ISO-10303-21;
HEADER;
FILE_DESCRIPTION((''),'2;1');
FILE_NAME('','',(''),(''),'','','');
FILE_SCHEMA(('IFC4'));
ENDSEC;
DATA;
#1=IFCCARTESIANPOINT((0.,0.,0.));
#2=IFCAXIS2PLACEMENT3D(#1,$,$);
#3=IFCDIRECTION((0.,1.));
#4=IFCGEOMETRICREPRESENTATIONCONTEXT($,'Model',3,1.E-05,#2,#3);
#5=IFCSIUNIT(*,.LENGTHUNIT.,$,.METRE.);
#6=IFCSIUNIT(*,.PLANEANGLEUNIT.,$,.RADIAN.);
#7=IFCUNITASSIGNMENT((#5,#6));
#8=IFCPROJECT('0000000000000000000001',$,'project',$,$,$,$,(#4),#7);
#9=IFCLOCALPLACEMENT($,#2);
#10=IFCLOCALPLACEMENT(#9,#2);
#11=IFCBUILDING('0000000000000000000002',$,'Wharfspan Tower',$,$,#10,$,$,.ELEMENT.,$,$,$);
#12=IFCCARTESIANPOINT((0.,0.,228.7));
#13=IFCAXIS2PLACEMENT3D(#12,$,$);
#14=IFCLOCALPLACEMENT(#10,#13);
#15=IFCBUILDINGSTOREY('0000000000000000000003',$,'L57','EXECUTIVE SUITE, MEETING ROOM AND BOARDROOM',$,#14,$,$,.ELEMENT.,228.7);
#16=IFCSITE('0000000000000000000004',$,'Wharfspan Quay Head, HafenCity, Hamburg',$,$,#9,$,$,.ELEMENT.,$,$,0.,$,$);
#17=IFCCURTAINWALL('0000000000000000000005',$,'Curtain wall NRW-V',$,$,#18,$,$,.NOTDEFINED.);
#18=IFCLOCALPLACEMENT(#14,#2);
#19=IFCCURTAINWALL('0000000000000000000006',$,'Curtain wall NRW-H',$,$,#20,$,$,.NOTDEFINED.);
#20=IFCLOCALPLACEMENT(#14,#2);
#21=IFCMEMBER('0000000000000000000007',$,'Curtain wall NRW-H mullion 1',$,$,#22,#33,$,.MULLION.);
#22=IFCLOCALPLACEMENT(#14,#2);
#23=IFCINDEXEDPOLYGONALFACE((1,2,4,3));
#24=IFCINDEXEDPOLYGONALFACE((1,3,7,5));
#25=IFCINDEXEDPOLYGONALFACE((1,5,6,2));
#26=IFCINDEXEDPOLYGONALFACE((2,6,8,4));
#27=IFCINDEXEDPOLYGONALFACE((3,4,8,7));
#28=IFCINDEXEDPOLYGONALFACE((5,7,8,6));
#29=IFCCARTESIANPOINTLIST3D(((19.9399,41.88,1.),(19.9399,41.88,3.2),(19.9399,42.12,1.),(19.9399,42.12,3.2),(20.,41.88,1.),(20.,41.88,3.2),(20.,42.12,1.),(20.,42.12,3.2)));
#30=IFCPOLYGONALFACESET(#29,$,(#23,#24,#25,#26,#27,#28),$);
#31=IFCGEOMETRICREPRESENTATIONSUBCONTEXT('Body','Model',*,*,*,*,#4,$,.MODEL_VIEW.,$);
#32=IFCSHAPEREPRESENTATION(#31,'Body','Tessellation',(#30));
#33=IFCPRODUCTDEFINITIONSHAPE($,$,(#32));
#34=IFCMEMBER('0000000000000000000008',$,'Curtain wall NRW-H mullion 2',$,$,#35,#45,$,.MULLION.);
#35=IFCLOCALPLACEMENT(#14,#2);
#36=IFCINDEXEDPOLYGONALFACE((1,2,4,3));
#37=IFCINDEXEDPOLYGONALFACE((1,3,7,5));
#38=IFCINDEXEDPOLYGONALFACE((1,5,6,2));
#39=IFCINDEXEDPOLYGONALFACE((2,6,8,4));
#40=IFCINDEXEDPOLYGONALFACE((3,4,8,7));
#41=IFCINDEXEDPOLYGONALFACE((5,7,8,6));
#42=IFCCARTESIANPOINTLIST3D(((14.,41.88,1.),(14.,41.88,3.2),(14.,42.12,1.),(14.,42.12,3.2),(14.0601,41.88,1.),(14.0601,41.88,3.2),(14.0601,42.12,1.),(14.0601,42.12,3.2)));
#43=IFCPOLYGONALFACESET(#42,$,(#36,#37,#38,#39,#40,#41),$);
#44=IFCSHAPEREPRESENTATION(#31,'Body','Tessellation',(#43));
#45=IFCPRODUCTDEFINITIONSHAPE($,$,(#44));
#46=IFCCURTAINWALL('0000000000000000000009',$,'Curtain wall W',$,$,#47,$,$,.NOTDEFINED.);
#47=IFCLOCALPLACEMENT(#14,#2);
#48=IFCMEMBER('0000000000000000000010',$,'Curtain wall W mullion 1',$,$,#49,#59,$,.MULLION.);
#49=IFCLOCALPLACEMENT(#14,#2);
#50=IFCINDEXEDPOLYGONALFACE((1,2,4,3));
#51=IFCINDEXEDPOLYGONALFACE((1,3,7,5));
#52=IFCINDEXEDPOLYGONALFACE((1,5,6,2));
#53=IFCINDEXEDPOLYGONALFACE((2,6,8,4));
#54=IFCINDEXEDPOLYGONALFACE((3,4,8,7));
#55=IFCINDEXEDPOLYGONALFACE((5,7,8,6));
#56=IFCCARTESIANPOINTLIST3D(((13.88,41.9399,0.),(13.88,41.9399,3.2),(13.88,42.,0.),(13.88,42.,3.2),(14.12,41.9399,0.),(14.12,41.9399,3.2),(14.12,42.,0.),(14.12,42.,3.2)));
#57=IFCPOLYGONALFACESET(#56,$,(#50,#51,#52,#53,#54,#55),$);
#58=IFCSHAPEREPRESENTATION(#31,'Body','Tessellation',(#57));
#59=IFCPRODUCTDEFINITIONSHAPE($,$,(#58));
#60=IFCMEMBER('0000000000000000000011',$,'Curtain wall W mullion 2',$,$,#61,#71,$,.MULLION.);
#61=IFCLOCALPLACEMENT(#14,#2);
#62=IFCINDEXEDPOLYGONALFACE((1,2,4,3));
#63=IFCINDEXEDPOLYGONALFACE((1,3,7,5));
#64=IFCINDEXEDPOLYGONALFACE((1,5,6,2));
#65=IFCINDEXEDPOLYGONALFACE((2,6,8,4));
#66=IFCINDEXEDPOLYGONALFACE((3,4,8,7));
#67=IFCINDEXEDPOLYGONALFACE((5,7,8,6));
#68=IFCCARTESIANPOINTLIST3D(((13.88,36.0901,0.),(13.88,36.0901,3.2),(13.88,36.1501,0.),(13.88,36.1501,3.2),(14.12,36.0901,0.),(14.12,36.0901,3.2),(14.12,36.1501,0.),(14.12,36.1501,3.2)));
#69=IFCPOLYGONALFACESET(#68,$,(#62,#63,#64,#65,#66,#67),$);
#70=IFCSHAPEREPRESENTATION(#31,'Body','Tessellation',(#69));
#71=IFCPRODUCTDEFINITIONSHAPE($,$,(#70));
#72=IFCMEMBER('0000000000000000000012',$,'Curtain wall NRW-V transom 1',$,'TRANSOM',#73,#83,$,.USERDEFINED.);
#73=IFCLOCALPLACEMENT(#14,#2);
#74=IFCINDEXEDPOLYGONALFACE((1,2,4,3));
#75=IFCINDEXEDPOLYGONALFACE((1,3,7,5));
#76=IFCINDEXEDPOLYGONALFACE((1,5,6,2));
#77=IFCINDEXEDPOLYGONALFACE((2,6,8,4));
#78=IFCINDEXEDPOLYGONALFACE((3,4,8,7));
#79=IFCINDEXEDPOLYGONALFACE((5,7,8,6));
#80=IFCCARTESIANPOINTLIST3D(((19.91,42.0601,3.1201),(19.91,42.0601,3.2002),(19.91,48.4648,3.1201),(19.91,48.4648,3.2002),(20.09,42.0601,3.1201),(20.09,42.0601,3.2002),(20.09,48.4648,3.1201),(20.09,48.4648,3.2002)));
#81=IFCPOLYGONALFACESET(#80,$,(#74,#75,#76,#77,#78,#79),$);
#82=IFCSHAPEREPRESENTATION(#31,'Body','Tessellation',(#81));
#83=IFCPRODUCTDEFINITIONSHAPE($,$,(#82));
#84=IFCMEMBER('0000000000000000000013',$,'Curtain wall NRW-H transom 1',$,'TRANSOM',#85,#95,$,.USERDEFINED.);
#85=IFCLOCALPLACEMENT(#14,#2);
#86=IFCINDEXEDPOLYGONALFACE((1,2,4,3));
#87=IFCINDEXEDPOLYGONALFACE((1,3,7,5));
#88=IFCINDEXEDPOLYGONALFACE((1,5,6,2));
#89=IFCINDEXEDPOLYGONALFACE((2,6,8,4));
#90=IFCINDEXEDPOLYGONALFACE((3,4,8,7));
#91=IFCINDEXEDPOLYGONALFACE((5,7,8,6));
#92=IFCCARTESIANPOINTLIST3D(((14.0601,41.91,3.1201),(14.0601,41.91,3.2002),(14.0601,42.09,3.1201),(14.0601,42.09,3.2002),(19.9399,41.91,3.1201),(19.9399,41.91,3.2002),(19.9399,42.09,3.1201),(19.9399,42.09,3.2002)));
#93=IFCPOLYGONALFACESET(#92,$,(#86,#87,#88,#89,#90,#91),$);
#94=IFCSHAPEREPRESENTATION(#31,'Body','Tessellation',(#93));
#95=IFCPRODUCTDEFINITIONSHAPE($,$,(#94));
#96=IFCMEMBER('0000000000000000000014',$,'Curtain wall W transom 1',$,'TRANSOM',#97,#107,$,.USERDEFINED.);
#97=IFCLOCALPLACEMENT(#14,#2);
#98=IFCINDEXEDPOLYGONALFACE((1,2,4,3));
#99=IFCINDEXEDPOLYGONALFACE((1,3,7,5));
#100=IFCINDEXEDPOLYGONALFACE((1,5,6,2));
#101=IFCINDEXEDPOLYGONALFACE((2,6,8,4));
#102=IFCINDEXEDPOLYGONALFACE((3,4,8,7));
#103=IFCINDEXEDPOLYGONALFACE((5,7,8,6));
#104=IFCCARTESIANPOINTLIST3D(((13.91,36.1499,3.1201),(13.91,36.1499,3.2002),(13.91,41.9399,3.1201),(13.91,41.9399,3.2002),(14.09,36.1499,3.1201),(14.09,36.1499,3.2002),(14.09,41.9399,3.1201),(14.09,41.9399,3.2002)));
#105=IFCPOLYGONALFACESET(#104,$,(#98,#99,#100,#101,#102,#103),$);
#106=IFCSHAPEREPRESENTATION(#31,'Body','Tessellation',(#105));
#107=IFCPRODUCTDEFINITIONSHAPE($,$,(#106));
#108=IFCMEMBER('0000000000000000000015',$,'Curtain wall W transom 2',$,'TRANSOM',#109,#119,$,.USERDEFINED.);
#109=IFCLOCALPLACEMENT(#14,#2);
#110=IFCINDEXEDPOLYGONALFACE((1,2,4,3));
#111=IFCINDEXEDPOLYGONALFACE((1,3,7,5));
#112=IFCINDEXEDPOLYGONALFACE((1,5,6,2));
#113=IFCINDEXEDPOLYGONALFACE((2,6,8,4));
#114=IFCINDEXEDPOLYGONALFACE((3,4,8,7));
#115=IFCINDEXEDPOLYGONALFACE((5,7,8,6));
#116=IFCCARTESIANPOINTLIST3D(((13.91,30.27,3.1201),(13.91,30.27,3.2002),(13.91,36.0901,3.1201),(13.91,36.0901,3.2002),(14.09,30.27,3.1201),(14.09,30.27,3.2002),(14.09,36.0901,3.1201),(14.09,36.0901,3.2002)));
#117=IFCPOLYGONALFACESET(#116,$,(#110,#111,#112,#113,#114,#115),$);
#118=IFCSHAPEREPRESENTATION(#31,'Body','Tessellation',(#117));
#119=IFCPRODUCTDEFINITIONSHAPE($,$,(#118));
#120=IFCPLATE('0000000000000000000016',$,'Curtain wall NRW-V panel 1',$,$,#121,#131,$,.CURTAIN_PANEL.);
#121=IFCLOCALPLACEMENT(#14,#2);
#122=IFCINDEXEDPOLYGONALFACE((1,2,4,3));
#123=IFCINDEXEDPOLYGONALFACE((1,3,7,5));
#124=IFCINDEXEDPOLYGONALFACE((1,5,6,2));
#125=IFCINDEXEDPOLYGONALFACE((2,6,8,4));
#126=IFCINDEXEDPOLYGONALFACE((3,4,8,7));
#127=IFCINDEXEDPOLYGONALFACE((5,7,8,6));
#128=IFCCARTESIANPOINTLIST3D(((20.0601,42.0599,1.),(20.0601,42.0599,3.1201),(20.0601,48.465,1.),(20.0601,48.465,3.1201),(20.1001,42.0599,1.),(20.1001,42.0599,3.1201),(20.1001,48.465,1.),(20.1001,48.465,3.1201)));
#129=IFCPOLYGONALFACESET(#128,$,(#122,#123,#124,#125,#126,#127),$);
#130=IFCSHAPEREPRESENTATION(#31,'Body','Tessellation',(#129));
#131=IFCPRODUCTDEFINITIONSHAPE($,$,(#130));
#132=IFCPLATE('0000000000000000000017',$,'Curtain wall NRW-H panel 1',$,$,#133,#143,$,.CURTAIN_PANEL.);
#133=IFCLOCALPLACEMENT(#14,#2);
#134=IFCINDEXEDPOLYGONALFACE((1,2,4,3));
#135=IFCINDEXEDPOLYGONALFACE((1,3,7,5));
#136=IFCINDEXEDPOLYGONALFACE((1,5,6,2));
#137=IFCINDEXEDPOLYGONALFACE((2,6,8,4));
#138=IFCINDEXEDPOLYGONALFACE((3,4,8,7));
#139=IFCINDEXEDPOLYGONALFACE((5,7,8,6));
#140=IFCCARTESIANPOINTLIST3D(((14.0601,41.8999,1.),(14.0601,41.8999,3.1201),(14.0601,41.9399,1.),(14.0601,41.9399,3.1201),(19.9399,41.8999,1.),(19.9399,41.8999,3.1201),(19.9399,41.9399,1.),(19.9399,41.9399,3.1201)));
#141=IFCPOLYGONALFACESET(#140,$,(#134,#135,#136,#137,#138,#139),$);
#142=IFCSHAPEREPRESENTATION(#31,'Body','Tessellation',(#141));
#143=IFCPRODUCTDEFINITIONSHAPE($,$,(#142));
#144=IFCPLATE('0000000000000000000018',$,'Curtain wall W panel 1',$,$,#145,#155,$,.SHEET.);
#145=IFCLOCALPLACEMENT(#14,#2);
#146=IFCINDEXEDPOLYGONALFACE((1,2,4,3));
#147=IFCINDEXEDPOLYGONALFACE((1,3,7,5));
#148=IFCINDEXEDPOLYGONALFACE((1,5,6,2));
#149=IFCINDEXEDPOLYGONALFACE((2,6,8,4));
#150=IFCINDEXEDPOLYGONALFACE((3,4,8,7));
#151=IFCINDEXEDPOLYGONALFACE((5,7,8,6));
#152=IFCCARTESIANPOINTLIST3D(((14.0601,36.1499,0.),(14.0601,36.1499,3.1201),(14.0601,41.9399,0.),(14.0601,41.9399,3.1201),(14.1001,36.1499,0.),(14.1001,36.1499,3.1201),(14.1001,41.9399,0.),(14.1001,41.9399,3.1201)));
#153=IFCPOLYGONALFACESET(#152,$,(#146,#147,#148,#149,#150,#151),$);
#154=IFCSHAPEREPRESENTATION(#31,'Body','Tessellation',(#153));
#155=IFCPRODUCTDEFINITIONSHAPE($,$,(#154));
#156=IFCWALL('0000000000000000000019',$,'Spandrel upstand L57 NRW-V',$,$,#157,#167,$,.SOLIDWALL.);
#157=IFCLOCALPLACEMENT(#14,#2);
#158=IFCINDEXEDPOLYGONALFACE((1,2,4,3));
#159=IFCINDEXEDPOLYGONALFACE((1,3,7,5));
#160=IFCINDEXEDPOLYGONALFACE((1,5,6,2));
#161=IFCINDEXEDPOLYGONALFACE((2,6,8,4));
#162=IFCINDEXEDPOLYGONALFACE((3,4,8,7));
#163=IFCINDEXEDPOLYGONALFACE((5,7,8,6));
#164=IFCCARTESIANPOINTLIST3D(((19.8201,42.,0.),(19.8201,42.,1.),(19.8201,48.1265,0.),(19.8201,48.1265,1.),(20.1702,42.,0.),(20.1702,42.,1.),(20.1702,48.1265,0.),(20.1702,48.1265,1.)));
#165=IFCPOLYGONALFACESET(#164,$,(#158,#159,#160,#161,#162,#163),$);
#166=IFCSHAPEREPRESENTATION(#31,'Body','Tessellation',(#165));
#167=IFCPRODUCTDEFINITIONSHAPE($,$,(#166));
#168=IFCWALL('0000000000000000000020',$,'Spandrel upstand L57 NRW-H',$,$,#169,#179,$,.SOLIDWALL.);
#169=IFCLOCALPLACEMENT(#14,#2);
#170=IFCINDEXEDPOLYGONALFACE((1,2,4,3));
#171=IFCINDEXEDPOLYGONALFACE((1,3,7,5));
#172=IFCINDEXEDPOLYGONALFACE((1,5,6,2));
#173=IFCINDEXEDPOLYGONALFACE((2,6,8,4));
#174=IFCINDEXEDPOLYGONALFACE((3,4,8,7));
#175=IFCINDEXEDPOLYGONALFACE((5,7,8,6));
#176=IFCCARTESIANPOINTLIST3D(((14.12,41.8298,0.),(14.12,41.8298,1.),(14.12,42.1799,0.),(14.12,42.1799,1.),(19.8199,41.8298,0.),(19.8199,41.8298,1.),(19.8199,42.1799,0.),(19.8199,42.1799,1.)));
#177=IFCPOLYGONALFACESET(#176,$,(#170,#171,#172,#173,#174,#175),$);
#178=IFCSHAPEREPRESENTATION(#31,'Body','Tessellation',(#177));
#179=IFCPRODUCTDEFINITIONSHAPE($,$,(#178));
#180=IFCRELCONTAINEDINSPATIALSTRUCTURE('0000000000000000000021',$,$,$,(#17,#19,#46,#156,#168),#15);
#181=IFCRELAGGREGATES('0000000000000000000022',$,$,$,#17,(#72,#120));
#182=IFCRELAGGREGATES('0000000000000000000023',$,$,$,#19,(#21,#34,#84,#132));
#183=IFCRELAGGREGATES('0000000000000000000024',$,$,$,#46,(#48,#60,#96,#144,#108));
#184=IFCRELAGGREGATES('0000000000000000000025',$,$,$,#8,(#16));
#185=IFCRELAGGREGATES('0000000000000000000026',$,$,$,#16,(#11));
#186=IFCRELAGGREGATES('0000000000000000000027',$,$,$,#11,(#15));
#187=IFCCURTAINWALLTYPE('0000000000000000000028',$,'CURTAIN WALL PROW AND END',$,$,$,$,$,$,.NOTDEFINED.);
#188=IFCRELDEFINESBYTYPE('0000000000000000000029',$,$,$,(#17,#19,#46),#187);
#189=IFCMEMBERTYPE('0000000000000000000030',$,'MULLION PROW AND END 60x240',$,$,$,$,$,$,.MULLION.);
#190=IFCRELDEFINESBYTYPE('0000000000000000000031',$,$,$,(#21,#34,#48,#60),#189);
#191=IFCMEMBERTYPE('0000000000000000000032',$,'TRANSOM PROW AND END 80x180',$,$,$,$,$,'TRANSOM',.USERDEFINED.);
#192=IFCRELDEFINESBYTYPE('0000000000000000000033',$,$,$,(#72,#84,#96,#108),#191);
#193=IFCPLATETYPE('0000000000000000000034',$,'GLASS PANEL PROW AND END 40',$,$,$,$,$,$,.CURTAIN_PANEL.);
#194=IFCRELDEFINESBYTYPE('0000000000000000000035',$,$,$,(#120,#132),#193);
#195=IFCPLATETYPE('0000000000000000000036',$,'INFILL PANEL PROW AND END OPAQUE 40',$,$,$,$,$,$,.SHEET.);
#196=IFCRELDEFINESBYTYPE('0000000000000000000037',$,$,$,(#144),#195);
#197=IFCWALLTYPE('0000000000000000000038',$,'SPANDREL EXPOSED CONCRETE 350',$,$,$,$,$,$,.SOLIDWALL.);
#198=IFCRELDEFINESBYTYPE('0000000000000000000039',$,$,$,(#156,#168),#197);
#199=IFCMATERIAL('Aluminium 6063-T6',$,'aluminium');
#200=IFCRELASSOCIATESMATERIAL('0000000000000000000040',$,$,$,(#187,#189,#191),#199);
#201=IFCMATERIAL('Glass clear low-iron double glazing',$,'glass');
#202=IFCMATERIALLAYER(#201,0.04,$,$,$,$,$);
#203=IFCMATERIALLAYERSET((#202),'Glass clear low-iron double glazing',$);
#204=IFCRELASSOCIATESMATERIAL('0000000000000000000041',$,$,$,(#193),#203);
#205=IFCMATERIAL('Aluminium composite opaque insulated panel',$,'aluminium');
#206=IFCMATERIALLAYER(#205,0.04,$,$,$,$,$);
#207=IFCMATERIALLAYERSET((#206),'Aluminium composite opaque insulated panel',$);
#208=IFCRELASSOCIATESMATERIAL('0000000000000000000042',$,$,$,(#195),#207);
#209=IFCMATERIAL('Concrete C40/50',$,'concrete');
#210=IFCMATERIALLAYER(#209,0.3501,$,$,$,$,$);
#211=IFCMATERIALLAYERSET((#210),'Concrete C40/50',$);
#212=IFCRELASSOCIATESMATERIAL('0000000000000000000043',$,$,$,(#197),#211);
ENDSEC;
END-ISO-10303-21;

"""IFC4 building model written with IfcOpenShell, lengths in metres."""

from ifc_helpers import new_model, si_unit, direction, frame, frame_2d, origin, origin_2d, place, context, subcontext, project, spatial, rectangle, extrude, material, layer, layer_set, material_profile, profile_set, type_object, element, aggregate, save


model = new_model("IFC4")

# Units and contexts
model_context = context("Model", 3, precision=1e-05, world=origin(), true_north=direction((0.0, 1.0)))
body_context = subcontext(model_context, "Body", "Model", "MODEL_VIEW")
ifc_project = project(units=[si_unit("LENGTHUNIT", "METRE"), si_unit("PLANEANGLEUNIT", "RADIAN")], contexts=[model_context])

# Site, building, storey
site_placement = place(None, origin())
site = spatial("IfcSite", under=ifc_project, at=site_placement, Name="Wharfspan Quay Head, HafenCity, Hamburg", CompositionType="ELEMENT", RefElevation=0.0)
building_placement = place(site_placement, origin())
building = spatial("IfcBuilding", under=site, at=building_placement, Name="Wharfspan Tower", CompositionType="ELEMENT")
storey_placement = place(building_placement, frame((0.0, 0.0, 228.7)))
storey = spatial("IfcBuildingStorey", under=building, at=storey_placement, Name="L57", Description="EXECUTIVE SUITE, MEETING ROOM AND BOARDROOM", CompositionType="ELEMENT", Elevation=228.7)

# Curtain walls, members
ifc_material_1 = material(Name="Aluminium 6063-T6", Category="aluminium")
curtain_wall_type = type_object("IfcCurtainWallType", Name="CURTAIN WALL PROW AND END", PredefinedType="NOTDEFINED", material=ifc_material_1)
curtain_wall_1_placement = place(storey_placement, origin())
curtain_wall_1 = element("IfcCurtainWall", 1, at=curtain_wall_1_placement, inside=storey, type_object=curtain_wall_type, Name="Curtain wall NRW-V", PredefinedType="NOTDEFINED")
ifc_material_profile_1 = material_profile(ifc_material_1, rectangle(XDim=0.24, YDim=0.0601, at=origin_2d()))
ifc_profile_set_1 = profile_set([ifc_material_profile_1], Name="Aluminium 6063-T6")
member_type_1 = type_object("IfcMemberType", Name="MULLION PROW AND END 60x240", PredefinedType="MULLION", material=ifc_profile_set_1)
curtain_wall_2_placement = place(storey_placement, origin())
curtain_wall_2 = element("IfcCurtainWall", 2, at=curtain_wall_2_placement, inside=storey, type_object=curtain_wall_type, Name="Curtain wall NRW-H", PredefinedType="NOTDEFINED")
member_1_placement = place(storey_placement, frame((19.97, 42.0, 1.0), z_axis=(0.0, 0.0, 1.0), x_axis=(0.0, -1.0, 0.0)))
member_1 = element("IfcMember", 3, at=member_1_placement, type_object=member_type_1, Name="Curtain wall NRW-H mullion 1", PredefinedType="MULLION", context=body_context, shape_type="SweptSolid", body=[
    extrude(rectangle(XDim=0.24, YDim=0.0601, at=origin_2d()), origin(), (0.0, 0.0, 1.0), 2.2),
])
member_2_placement = place(storey_placement, frame((14.03, 42.0, 1.0), z_axis=(0.0, 0.0, 1.0), x_axis=(0.0, -1.0, 0.0)))
member_2 = element("IfcMember", 4, at=member_2_placement, type_object=member_type_1, Name="Curtain wall NRW-H mullion 2", PredefinedType="MULLION", context=body_context, shape_type="SweptSolid", body=[
    extrude(rectangle(XDim=0.24, YDim=0.0601, at=origin_2d()), origin(), (0.0, 0.0, 1.0), 2.2),
])
curtain_wall_3_placement = place(storey_placement, origin())
curtain_wall_3 = element("IfcCurtainWall", 5, at=curtain_wall_3_placement, inside=storey, type_object=curtain_wall_type, Name="Curtain wall W", PredefinedType="NOTDEFINED")
member_3_placement = place(storey_placement, frame((14.0, 41.97, 0.0), z_axis=(0.0, 0.0, 1.0), x_axis=(1.0, 0.0, 0.0)))
member_3 = element("IfcMember", 6, at=member_3_placement, type_object=member_type_1, Name="Curtain wall W mullion 1", PredefinedType="MULLION", context=body_context, shape_type="SweptSolid", body=[
    extrude(rectangle(XDim=0.24, YDim=0.0601, at=origin_2d()), origin(), (0.0, 0.0, 1.0), 3.2),
])
member_4_placement = place(storey_placement, frame((14.0, 36.1201, 0.0), z_axis=(0.0, 0.0, 1.0), x_axis=(1.0, 0.0, 0.0)))
member_4 = element("IfcMember", 7, at=member_4_placement, type_object=member_type_1, Name="Curtain wall W mullion 2", PredefinedType="MULLION", context=body_context, shape_type="SweptSolid", body=[
    extrude(rectangle(XDim=0.24, YDim=0.0601, at=origin_2d()), origin(), (0.0, 0.0, 1.0), 3.2),
])

# Members
ifc_material_profile_2 = material_profile(ifc_material_1, rectangle(XDim=0.1799, YDim=0.0801, at=origin_2d()))
ifc_profile_set_2 = profile_set([ifc_material_profile_2], Name="Aluminium 6063-T6")
member_type_2 = type_object("IfcMemberType", Name="TRANSOM PROW AND END 80x180", ElementType="TRANSOM", PredefinedType="USERDEFINED", material=ifc_profile_set_2)
member_5_placement = place(storey_placement, frame((20.0, 48.4648, 3.1602), z_axis=(0.0, -1.0, 0.0), x_axis=(1.0, 0.0, 0.0)))
member_5 = element("IfcMember", 8, at=member_5_placement, type_object=member_type_2, Name="Curtain wall NRW-V transom 1", ObjectType="TRANSOM", PredefinedType="USERDEFINED", context=body_context, shape_type="SweptSolid", body=[
    extrude(rectangle(XDim=0.1799, YDim=0.0801, at=origin_2d()), origin(), (0.0, 0.0, 1.0), 6.4048),
])
member_6_placement = place(storey_placement, frame((19.9399, 42.0, 3.1602), z_axis=(-1.0, 0.0, 0.0), x_axis=(0.0, -1.0, 0.0)))
member_6 = element("IfcMember", 9, at=member_6_placement, type_object=member_type_2, Name="Curtain wall NRW-H transom 1", ObjectType="TRANSOM", PredefinedType="USERDEFINED", context=body_context, shape_type="SweptSolid", body=[
    extrude(rectangle(XDim=0.1799, YDim=0.0801, at=origin_2d()), origin(), (0.0, 0.0, 1.0), 5.8799),
])
member_7_placement = place(storey_placement, frame((14.0, 41.9399, 3.1602), z_axis=(0.0, -1.0, 0.0), x_axis=(1.0, 0.0, 0.0)))
member_7 = element("IfcMember", 10, at=member_7_placement, type_object=member_type_2, Name="Curtain wall W transom 1", ObjectType="TRANSOM", PredefinedType="USERDEFINED", context=body_context, shape_type="SweptSolid", body=[
    extrude(rectangle(XDim=0.1799, YDim=0.0801, at=origin_2d()), origin(), (0.0, 0.0, 1.0), 5.79),
])
member_8_placement = place(storey_placement, frame((14.0, 36.0901, 3.1602), z_axis=(0.0, -1.0, 0.0), x_axis=(1.0, 0.0, 0.0)))
member_8 = element("IfcMember", 11, at=member_8_placement, type_object=member_type_2, Name="Curtain wall W transom 2", ObjectType="TRANSOM", PredefinedType="USERDEFINED", context=body_context, shape_type="SweptSolid", body=[
    extrude(rectangle(XDim=0.1799, YDim=0.0801, at=origin_2d()), origin(), (0.0, 0.0, 1.0), 5.8201),
])

# Plates
ifc_material_2 = material(Name="Glass clear low-iron double glazing", Category="glass")
ifc_layer_1 = layer(ifc_material_2, 0.04)
ifc_layer_set_1 = layer_set([ifc_layer_1], Name="Glass clear low-iron double glazing")
plate_type_1 = type_object("IfcPlateType", Name="GLASS PANEL PROW AND END 40", PredefinedType="CURTAIN_PANEL", material=ifc_layer_set_1)
plate_1_placement = place(storey_placement, frame((20.0801, 45.2625, 1.0), z_axis=(0.0, 0.0, 1.0), x_axis=(0.0, -1.0, 0.0)))
plate_1 = element("IfcPlate", 12, at=plate_1_placement, type_object=plate_type_1, Name="Curtain wall NRW-V panel 1", PredefinedType="CURTAIN_PANEL", context=body_context, shape_type="SweptSolid", body=[
    extrude(rectangle(XDim=6.405, YDim=0.04, at=origin_2d()), origin(), (0.0, 0.0, 1.0), 2.1201),
])
aggregate(curtain_wall_1, [member_5, plate_1])
plate_2_placement = place(storey_placement, frame((17.0, 41.9199, 1.0), z_axis=(0.0, 0.0, 1.0), x_axis=(-1.0, 0.0, 0.0)))
plate_2 = element("IfcPlate", 13, at=plate_2_placement, type_object=plate_type_1, Name="Curtain wall NRW-H panel 1", PredefinedType="CURTAIN_PANEL", context=body_context, shape_type="SweptSolid", body=[
    extrude(rectangle(XDim=5.8799, YDim=0.04, at=origin_2d()), origin(), (0.0, 0.0, 1.0), 2.1201),
])
aggregate(curtain_wall_2, [member_1, member_2, member_6, plate_2])
ifc_material_3 = material(Name="Aluminium composite opaque insulated panel", Category="aluminium")
ifc_layer_2 = layer(ifc_material_3, 0.04)
ifc_layer_set_2 = layer_set([ifc_layer_2], Name="Aluminium composite opaque insulated panel")
plate_type_2 = type_object("IfcPlateType", Name="INFILL PANEL PROW AND END OPAQUE 40", PredefinedType="SHEET", material=ifc_layer_set_2)
plate_3_placement = place(storey_placement, frame((14.0801, 39.0449, 0.0), z_axis=(0.0, 0.0, 1.0), x_axis=(0.0, -1.0, 0.0)))
plate_3 = element("IfcPlate", 14, at=plate_3_placement, type_object=plate_type_2, Name="Curtain wall W panel 1", PredefinedType="SHEET", context=body_context, shape_type="SweptSolid", body=[
    extrude(rectangle(XDim=5.79, YDim=0.04, at=origin_2d()), origin(), (0.0, 0.0, 1.0), 3.1201),
])
aggregate(curtain_wall_3, [member_3, member_4, member_7, plate_3, member_8])

# Walls
ifc_material_4 = material(Name="Concrete C40/50", Category="concrete")
ifc_layer_3 = layer(ifc_material_4, 0.3501)
ifc_layer_set_3 = layer_set([ifc_layer_3], Name="Concrete C40/50")
wall_type_1 = type_object("IfcWallType", Name="SPANDREL EXPOSED CONCRETE 350", PredefinedType="SOLIDWALL", material=ifc_layer_set_3)
wall_1_placement = place(storey_placement, frame((19.9951, 48.1265, 0.0), z_axis=(0.0, 0.0, 1.0), x_axis=(0.0, -1.0, 0.0)))
element("IfcWall", 15, at=wall_1_placement, inside=storey, type_object=wall_type_1, Name="Spandrel upstand L57 NRW-V", PredefinedType="SOLIDWALL", context=body_context, shape_type="SweptSolid", body=[
    extrude(rectangle(XDim=6.1265, YDim=0.3501, at=frame_2d((3.0632, 0.0))), origin(), (0.0, 0.0, 1.0), 1.0),
])
wall_2_placement = place(storey_placement, frame((19.8201, 42.0049, 0.0), z_axis=(0.0, 0.0, 1.0), x_axis=(-1.0, 0.0, 0.0)))
element("IfcWall", 16, at=wall_2_placement, inside=storey, type_object=wall_type_1, Name="Spandrel upstand L57 NRW-H", PredefinedType="SOLIDWALL", context=body_context, shape_type="SweptSolid", body=[
    extrude(rectangle(XDim=5.7, YDim=0.3501, at=frame_2d((2.8501, 0.0))), origin(), (0.0, 0.0, 1.0), 1.0),
])

save(model, "model.ifc")
